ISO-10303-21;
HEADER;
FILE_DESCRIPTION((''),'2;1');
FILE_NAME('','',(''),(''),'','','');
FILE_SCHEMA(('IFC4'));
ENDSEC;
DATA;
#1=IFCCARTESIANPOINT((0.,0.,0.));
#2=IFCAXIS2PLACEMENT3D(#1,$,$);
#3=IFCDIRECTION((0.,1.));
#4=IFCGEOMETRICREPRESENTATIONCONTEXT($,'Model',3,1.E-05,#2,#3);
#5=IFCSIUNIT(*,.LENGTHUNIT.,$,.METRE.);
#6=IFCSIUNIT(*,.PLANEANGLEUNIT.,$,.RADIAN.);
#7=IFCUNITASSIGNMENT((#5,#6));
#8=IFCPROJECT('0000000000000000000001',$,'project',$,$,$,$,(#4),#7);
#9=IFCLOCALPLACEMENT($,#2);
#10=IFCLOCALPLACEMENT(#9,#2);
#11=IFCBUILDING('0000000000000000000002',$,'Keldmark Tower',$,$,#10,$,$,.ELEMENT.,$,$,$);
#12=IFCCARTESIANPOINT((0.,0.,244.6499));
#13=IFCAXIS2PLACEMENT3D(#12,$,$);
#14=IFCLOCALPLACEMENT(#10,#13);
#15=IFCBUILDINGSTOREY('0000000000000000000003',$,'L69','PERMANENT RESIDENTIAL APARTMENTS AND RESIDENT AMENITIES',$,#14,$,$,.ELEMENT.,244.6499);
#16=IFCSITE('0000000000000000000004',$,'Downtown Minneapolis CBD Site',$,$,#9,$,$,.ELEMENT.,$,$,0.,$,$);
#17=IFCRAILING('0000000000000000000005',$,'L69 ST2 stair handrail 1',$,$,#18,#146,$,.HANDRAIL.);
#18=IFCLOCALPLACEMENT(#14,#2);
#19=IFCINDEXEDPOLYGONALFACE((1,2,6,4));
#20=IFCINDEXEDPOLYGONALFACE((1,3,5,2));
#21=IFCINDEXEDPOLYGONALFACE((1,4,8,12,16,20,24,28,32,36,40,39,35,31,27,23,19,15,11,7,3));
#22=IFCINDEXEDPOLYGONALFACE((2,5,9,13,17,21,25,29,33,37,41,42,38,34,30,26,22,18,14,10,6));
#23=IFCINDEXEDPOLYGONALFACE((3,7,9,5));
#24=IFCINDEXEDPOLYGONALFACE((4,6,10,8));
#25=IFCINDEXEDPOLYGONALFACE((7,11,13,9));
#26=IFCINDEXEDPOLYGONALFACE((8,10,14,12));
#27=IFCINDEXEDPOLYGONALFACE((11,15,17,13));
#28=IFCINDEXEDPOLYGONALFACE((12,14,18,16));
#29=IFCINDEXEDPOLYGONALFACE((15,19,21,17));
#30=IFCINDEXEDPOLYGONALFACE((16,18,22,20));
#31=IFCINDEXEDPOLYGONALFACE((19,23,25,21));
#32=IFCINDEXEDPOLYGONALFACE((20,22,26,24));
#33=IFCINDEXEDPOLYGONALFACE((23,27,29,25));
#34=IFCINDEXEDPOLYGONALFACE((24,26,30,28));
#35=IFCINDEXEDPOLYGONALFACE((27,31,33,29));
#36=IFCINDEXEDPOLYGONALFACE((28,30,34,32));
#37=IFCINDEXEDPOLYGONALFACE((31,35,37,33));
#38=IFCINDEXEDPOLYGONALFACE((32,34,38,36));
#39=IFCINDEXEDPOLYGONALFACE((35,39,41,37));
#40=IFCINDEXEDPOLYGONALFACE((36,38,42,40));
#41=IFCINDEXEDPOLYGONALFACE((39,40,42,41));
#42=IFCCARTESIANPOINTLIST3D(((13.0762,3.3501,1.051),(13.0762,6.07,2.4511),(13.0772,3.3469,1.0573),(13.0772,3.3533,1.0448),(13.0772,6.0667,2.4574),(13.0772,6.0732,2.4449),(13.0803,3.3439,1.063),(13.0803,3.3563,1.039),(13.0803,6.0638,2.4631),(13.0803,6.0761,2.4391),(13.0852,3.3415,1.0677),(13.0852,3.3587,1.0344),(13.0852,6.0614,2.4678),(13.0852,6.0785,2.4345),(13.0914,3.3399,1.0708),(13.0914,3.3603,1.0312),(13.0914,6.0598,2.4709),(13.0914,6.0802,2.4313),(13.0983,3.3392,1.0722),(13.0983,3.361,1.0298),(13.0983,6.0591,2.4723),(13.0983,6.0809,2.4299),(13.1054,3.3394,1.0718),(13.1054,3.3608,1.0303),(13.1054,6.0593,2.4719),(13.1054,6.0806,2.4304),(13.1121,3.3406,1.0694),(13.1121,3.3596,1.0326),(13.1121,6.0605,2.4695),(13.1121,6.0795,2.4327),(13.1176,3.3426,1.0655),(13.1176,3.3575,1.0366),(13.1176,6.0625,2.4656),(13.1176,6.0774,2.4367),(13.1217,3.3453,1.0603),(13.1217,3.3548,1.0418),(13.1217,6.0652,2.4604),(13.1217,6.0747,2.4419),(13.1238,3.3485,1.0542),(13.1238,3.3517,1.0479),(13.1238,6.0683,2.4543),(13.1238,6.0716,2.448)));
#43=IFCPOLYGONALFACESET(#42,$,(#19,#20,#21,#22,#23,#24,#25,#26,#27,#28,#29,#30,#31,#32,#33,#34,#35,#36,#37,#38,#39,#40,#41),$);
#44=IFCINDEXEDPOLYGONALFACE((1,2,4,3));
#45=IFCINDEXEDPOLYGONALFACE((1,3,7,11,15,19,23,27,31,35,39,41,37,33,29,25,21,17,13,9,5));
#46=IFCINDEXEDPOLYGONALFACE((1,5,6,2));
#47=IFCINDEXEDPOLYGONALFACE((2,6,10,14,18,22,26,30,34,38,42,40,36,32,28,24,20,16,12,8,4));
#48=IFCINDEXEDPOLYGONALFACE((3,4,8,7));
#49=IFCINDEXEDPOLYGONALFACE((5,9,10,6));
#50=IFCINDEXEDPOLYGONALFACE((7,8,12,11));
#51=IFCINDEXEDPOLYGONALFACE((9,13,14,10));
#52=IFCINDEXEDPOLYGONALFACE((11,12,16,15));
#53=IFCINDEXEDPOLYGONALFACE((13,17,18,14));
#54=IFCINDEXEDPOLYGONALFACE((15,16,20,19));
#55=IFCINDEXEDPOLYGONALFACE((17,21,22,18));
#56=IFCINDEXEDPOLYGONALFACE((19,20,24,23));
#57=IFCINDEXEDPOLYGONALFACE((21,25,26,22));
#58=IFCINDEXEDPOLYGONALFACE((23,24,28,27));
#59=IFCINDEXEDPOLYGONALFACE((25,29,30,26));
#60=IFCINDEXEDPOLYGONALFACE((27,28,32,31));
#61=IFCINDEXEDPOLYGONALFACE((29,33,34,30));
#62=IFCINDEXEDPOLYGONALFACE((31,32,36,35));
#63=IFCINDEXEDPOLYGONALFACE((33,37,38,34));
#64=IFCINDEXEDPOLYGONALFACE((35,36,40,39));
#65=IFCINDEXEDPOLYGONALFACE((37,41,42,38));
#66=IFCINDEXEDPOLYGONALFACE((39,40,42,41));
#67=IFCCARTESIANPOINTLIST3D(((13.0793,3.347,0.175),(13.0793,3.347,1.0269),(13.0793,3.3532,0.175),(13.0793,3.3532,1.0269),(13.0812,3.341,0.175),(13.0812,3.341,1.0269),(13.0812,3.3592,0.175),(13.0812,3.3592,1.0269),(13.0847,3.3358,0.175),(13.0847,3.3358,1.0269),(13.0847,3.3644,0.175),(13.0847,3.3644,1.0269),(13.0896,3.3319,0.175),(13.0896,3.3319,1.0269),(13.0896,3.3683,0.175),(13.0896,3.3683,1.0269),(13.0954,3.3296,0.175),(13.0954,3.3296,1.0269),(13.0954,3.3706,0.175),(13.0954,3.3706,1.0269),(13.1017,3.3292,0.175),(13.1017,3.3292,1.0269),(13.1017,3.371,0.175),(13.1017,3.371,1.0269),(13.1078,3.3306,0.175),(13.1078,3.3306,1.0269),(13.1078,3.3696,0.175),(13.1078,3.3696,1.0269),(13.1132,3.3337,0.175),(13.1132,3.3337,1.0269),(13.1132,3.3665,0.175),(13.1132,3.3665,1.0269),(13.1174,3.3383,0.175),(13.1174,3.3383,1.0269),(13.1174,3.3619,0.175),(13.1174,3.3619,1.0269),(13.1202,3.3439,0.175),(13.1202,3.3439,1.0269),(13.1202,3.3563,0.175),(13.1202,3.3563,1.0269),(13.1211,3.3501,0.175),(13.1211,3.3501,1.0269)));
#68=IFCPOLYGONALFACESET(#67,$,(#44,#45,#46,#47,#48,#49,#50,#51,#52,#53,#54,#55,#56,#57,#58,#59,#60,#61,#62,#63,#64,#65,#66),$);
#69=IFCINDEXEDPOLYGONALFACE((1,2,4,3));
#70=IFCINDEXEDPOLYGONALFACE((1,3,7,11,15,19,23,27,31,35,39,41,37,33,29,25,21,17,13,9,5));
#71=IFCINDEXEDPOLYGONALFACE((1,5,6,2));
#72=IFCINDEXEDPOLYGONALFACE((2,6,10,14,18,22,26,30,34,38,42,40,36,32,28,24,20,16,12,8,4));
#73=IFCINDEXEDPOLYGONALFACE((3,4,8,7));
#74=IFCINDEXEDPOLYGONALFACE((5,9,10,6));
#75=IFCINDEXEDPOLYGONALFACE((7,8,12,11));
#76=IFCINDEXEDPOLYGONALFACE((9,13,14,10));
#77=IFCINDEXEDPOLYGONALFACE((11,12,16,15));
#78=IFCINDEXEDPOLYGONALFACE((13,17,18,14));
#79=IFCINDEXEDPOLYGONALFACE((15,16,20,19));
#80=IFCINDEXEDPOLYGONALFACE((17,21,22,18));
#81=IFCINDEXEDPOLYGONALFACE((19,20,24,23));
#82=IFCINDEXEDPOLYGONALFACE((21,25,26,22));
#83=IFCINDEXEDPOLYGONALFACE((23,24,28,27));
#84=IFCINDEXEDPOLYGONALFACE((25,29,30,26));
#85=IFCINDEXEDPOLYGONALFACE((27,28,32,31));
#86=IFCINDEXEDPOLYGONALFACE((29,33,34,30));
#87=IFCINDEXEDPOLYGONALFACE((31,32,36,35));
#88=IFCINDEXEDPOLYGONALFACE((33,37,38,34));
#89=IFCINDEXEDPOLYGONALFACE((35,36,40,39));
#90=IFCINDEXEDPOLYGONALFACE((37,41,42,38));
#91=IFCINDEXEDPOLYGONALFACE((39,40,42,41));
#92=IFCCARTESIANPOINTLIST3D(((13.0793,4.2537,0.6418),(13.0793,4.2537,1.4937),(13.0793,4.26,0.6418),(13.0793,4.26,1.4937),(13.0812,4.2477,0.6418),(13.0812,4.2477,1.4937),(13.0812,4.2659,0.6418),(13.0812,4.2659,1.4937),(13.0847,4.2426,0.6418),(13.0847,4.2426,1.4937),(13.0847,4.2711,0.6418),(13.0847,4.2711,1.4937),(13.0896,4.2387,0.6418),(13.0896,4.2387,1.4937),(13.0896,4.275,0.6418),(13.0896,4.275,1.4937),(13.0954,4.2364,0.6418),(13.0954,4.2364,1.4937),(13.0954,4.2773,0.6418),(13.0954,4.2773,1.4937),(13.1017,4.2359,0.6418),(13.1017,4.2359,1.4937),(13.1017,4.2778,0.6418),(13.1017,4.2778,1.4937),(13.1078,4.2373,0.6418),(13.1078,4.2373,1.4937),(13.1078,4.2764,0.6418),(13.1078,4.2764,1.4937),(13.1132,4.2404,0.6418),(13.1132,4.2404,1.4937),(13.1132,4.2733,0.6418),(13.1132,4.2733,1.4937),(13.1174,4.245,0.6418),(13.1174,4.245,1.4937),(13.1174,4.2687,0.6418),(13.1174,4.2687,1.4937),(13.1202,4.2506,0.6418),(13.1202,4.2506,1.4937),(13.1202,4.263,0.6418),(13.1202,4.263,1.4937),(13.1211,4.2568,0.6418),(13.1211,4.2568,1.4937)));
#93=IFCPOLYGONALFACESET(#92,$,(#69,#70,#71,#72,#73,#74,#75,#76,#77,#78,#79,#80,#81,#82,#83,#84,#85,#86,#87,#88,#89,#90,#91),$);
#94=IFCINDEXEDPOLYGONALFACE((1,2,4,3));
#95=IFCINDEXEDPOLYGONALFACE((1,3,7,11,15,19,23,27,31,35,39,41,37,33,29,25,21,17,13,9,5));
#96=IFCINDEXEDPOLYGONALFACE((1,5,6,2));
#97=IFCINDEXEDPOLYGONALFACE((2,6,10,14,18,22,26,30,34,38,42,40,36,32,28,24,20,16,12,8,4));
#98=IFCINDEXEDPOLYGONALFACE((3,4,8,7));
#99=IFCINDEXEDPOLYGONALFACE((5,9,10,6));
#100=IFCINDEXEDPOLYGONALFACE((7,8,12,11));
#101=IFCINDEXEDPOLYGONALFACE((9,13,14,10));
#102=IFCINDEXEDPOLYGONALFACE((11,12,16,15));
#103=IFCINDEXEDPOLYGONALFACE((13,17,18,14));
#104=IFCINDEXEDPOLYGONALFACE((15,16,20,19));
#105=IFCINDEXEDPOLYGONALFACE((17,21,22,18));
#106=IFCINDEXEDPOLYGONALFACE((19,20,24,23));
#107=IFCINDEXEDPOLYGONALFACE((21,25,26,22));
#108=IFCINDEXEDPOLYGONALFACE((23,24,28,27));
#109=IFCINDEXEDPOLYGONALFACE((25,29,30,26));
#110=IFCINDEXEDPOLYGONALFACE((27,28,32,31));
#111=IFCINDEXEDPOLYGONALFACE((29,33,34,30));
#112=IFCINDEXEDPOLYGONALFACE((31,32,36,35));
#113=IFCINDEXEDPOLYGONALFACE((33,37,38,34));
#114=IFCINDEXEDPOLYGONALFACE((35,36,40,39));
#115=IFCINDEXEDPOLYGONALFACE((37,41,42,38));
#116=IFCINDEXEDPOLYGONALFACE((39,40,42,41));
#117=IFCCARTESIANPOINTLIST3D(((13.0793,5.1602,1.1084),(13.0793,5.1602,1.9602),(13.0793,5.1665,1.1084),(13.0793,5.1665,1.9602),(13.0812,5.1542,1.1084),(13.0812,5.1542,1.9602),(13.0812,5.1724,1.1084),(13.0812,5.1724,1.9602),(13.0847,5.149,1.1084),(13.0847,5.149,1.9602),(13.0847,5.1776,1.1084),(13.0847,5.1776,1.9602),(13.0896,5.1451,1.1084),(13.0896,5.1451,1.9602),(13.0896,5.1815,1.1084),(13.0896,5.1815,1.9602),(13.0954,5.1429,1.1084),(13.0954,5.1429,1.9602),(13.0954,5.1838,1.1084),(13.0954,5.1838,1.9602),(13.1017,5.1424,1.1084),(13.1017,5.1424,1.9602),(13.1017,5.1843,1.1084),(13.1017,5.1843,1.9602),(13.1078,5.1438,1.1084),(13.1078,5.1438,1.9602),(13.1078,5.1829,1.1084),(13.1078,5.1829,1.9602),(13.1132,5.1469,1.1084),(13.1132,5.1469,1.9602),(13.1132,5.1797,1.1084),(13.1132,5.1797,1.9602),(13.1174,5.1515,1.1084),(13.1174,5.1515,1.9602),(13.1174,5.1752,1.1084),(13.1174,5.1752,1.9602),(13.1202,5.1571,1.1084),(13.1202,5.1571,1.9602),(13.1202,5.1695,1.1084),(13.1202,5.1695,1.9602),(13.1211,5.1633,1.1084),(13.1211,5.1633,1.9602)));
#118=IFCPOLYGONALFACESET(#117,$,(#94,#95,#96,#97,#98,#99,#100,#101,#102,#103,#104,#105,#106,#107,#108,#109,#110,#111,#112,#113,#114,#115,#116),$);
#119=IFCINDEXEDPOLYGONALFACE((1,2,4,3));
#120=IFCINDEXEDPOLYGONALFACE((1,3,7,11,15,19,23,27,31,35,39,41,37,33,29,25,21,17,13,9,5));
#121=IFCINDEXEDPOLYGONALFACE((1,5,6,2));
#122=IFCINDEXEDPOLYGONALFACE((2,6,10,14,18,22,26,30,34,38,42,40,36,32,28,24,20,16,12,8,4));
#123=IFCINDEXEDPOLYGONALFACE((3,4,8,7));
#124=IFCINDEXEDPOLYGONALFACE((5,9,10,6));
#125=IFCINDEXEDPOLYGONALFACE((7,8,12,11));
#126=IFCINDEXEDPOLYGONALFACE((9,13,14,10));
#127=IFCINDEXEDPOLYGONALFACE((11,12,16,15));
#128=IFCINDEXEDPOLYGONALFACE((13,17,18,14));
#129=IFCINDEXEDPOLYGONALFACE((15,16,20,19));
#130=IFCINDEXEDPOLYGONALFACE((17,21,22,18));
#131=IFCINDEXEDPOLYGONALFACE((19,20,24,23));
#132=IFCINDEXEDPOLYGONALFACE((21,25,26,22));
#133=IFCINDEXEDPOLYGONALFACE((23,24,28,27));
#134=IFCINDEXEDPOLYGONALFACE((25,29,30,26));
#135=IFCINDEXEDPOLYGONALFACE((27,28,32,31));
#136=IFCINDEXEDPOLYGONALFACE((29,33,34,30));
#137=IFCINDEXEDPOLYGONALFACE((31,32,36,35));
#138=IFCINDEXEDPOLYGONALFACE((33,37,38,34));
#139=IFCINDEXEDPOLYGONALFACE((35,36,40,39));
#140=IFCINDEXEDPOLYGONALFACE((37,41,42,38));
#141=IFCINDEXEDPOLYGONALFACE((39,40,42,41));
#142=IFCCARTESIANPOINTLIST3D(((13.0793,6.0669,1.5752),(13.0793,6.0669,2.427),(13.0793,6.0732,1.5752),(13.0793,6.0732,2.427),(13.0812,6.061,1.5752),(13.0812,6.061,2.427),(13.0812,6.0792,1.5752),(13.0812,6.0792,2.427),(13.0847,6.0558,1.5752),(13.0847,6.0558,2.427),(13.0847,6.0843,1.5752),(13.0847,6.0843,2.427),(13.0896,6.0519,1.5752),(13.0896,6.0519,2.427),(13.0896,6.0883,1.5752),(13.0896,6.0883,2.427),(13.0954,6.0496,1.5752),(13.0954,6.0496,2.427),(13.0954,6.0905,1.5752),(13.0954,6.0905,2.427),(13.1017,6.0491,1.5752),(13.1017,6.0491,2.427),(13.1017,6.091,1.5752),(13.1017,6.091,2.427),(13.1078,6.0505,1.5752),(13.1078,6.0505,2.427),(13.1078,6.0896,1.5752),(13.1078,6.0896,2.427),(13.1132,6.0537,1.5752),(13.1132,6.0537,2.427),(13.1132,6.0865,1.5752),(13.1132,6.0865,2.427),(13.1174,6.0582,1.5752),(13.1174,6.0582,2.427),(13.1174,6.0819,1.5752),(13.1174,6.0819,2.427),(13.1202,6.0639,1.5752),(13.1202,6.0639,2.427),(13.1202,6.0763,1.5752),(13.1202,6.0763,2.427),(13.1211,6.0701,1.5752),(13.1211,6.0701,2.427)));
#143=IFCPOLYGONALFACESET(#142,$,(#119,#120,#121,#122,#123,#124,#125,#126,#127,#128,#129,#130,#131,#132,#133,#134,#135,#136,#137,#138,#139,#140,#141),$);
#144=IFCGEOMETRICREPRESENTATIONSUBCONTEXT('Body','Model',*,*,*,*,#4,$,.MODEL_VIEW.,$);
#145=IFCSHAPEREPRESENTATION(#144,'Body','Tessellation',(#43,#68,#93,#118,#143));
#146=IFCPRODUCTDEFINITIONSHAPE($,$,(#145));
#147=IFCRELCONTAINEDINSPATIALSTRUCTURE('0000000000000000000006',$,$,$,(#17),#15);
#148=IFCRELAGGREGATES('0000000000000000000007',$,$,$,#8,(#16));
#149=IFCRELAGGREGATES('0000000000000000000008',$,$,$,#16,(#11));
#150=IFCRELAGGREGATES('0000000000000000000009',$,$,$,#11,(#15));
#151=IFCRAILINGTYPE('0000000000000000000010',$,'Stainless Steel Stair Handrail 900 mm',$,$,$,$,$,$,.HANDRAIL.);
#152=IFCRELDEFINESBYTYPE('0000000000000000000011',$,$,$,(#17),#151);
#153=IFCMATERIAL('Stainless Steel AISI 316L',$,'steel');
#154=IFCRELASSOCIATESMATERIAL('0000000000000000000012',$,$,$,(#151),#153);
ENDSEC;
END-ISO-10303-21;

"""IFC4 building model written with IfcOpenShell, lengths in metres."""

from ifc_helpers import new_model, si_unit, direction, frame, origin, origin_2d, place, context, subcontext, project, spatial, circle, extrude, material, type_object, element, save


model = new_model("IFC4")

# Units and contexts
model_context = context("Model", 3, precision=1e-05, world=origin(), true_north=direction((0.0, 1.0)))
body_context = subcontext(model_context, "Body", "Model", "MODEL_VIEW")
ifc_project = project(units=[si_unit("LENGTHUNIT", "METRE"), si_unit("PLANEANGLEUNIT", "RADIAN")], contexts=[model_context])

# Site, building, storey
site_placement = place(None, origin())
site = spatial("IfcSite", under=ifc_project, at=site_placement, Name="Downtown Minneapolis CBD Site", CompositionType="ELEMENT", RefElevation=0.0)
building_placement = place(site_placement, origin())
building = spatial("IfcBuilding", under=site, at=building_placement, Name="Keldmark Tower", CompositionType="ELEMENT")
storey_placement = place(building_placement, frame((0.0, 0.0, 244.6499)))
storey = spatial("IfcBuildingStorey", under=building, at=storey_placement, Name="L69", Description="PERMANENT RESIDENTIAL APARTMENTS AND RESIDENT AMENITIES", CompositionType="ELEMENT", Elevation=244.6499)

# Railing
ifc_material_1 = material(Name="Stainless Steel AISI 316L", Category="steel")
railing_type_1 = type_object("IfcRailingType", Name="Stainless Steel Stair Handrail 900 mm", PredefinedType="HANDRAIL", material=ifc_material_1)
railing_1_placement = place(storey_placement, frame((13.1001, 3.3501, 0.175)))
element("IfcRailing", 1, at=railing_1_placement, inside=storey, type_object=railing_type_1, Name="L69 ST2 stair handrail 1", PredefinedType="HANDRAIL", context=body_context, shape_type="SweptSolid", body=[
    extrude(circle(Radius=0.0239, at=origin_2d()), frame((0.0, 0.0, 0.876), z_axis=(0.0, 0.889114, 0.457685), x_axis=(-1.0, 0.0, 0.0)), (0.0, 0.0, 1.0), 3.0591),
    extrude(circle(Radius=0.021, at=origin_2d()), origin(), (0.0, 0.0, 1.0), 0.8518),
    extrude(circle(Radius=0.021, at=origin_2d()), frame((0.0, 0.9067, 0.4668)), (0.0, 0.0, 1.0), 0.8518),
    extrude(circle(Radius=0.021, at=origin_2d()), frame((0.0, 1.8132, 0.9333)), (0.0, 0.0, 1.0), 0.8518),
    extrude(circle(Radius=0.021, at=origin_2d()), frame((0.0, 2.72, 1.4001)), (0.0, 0.0, 1.0), 0.8518),
])

save(model, "model.ifc")
